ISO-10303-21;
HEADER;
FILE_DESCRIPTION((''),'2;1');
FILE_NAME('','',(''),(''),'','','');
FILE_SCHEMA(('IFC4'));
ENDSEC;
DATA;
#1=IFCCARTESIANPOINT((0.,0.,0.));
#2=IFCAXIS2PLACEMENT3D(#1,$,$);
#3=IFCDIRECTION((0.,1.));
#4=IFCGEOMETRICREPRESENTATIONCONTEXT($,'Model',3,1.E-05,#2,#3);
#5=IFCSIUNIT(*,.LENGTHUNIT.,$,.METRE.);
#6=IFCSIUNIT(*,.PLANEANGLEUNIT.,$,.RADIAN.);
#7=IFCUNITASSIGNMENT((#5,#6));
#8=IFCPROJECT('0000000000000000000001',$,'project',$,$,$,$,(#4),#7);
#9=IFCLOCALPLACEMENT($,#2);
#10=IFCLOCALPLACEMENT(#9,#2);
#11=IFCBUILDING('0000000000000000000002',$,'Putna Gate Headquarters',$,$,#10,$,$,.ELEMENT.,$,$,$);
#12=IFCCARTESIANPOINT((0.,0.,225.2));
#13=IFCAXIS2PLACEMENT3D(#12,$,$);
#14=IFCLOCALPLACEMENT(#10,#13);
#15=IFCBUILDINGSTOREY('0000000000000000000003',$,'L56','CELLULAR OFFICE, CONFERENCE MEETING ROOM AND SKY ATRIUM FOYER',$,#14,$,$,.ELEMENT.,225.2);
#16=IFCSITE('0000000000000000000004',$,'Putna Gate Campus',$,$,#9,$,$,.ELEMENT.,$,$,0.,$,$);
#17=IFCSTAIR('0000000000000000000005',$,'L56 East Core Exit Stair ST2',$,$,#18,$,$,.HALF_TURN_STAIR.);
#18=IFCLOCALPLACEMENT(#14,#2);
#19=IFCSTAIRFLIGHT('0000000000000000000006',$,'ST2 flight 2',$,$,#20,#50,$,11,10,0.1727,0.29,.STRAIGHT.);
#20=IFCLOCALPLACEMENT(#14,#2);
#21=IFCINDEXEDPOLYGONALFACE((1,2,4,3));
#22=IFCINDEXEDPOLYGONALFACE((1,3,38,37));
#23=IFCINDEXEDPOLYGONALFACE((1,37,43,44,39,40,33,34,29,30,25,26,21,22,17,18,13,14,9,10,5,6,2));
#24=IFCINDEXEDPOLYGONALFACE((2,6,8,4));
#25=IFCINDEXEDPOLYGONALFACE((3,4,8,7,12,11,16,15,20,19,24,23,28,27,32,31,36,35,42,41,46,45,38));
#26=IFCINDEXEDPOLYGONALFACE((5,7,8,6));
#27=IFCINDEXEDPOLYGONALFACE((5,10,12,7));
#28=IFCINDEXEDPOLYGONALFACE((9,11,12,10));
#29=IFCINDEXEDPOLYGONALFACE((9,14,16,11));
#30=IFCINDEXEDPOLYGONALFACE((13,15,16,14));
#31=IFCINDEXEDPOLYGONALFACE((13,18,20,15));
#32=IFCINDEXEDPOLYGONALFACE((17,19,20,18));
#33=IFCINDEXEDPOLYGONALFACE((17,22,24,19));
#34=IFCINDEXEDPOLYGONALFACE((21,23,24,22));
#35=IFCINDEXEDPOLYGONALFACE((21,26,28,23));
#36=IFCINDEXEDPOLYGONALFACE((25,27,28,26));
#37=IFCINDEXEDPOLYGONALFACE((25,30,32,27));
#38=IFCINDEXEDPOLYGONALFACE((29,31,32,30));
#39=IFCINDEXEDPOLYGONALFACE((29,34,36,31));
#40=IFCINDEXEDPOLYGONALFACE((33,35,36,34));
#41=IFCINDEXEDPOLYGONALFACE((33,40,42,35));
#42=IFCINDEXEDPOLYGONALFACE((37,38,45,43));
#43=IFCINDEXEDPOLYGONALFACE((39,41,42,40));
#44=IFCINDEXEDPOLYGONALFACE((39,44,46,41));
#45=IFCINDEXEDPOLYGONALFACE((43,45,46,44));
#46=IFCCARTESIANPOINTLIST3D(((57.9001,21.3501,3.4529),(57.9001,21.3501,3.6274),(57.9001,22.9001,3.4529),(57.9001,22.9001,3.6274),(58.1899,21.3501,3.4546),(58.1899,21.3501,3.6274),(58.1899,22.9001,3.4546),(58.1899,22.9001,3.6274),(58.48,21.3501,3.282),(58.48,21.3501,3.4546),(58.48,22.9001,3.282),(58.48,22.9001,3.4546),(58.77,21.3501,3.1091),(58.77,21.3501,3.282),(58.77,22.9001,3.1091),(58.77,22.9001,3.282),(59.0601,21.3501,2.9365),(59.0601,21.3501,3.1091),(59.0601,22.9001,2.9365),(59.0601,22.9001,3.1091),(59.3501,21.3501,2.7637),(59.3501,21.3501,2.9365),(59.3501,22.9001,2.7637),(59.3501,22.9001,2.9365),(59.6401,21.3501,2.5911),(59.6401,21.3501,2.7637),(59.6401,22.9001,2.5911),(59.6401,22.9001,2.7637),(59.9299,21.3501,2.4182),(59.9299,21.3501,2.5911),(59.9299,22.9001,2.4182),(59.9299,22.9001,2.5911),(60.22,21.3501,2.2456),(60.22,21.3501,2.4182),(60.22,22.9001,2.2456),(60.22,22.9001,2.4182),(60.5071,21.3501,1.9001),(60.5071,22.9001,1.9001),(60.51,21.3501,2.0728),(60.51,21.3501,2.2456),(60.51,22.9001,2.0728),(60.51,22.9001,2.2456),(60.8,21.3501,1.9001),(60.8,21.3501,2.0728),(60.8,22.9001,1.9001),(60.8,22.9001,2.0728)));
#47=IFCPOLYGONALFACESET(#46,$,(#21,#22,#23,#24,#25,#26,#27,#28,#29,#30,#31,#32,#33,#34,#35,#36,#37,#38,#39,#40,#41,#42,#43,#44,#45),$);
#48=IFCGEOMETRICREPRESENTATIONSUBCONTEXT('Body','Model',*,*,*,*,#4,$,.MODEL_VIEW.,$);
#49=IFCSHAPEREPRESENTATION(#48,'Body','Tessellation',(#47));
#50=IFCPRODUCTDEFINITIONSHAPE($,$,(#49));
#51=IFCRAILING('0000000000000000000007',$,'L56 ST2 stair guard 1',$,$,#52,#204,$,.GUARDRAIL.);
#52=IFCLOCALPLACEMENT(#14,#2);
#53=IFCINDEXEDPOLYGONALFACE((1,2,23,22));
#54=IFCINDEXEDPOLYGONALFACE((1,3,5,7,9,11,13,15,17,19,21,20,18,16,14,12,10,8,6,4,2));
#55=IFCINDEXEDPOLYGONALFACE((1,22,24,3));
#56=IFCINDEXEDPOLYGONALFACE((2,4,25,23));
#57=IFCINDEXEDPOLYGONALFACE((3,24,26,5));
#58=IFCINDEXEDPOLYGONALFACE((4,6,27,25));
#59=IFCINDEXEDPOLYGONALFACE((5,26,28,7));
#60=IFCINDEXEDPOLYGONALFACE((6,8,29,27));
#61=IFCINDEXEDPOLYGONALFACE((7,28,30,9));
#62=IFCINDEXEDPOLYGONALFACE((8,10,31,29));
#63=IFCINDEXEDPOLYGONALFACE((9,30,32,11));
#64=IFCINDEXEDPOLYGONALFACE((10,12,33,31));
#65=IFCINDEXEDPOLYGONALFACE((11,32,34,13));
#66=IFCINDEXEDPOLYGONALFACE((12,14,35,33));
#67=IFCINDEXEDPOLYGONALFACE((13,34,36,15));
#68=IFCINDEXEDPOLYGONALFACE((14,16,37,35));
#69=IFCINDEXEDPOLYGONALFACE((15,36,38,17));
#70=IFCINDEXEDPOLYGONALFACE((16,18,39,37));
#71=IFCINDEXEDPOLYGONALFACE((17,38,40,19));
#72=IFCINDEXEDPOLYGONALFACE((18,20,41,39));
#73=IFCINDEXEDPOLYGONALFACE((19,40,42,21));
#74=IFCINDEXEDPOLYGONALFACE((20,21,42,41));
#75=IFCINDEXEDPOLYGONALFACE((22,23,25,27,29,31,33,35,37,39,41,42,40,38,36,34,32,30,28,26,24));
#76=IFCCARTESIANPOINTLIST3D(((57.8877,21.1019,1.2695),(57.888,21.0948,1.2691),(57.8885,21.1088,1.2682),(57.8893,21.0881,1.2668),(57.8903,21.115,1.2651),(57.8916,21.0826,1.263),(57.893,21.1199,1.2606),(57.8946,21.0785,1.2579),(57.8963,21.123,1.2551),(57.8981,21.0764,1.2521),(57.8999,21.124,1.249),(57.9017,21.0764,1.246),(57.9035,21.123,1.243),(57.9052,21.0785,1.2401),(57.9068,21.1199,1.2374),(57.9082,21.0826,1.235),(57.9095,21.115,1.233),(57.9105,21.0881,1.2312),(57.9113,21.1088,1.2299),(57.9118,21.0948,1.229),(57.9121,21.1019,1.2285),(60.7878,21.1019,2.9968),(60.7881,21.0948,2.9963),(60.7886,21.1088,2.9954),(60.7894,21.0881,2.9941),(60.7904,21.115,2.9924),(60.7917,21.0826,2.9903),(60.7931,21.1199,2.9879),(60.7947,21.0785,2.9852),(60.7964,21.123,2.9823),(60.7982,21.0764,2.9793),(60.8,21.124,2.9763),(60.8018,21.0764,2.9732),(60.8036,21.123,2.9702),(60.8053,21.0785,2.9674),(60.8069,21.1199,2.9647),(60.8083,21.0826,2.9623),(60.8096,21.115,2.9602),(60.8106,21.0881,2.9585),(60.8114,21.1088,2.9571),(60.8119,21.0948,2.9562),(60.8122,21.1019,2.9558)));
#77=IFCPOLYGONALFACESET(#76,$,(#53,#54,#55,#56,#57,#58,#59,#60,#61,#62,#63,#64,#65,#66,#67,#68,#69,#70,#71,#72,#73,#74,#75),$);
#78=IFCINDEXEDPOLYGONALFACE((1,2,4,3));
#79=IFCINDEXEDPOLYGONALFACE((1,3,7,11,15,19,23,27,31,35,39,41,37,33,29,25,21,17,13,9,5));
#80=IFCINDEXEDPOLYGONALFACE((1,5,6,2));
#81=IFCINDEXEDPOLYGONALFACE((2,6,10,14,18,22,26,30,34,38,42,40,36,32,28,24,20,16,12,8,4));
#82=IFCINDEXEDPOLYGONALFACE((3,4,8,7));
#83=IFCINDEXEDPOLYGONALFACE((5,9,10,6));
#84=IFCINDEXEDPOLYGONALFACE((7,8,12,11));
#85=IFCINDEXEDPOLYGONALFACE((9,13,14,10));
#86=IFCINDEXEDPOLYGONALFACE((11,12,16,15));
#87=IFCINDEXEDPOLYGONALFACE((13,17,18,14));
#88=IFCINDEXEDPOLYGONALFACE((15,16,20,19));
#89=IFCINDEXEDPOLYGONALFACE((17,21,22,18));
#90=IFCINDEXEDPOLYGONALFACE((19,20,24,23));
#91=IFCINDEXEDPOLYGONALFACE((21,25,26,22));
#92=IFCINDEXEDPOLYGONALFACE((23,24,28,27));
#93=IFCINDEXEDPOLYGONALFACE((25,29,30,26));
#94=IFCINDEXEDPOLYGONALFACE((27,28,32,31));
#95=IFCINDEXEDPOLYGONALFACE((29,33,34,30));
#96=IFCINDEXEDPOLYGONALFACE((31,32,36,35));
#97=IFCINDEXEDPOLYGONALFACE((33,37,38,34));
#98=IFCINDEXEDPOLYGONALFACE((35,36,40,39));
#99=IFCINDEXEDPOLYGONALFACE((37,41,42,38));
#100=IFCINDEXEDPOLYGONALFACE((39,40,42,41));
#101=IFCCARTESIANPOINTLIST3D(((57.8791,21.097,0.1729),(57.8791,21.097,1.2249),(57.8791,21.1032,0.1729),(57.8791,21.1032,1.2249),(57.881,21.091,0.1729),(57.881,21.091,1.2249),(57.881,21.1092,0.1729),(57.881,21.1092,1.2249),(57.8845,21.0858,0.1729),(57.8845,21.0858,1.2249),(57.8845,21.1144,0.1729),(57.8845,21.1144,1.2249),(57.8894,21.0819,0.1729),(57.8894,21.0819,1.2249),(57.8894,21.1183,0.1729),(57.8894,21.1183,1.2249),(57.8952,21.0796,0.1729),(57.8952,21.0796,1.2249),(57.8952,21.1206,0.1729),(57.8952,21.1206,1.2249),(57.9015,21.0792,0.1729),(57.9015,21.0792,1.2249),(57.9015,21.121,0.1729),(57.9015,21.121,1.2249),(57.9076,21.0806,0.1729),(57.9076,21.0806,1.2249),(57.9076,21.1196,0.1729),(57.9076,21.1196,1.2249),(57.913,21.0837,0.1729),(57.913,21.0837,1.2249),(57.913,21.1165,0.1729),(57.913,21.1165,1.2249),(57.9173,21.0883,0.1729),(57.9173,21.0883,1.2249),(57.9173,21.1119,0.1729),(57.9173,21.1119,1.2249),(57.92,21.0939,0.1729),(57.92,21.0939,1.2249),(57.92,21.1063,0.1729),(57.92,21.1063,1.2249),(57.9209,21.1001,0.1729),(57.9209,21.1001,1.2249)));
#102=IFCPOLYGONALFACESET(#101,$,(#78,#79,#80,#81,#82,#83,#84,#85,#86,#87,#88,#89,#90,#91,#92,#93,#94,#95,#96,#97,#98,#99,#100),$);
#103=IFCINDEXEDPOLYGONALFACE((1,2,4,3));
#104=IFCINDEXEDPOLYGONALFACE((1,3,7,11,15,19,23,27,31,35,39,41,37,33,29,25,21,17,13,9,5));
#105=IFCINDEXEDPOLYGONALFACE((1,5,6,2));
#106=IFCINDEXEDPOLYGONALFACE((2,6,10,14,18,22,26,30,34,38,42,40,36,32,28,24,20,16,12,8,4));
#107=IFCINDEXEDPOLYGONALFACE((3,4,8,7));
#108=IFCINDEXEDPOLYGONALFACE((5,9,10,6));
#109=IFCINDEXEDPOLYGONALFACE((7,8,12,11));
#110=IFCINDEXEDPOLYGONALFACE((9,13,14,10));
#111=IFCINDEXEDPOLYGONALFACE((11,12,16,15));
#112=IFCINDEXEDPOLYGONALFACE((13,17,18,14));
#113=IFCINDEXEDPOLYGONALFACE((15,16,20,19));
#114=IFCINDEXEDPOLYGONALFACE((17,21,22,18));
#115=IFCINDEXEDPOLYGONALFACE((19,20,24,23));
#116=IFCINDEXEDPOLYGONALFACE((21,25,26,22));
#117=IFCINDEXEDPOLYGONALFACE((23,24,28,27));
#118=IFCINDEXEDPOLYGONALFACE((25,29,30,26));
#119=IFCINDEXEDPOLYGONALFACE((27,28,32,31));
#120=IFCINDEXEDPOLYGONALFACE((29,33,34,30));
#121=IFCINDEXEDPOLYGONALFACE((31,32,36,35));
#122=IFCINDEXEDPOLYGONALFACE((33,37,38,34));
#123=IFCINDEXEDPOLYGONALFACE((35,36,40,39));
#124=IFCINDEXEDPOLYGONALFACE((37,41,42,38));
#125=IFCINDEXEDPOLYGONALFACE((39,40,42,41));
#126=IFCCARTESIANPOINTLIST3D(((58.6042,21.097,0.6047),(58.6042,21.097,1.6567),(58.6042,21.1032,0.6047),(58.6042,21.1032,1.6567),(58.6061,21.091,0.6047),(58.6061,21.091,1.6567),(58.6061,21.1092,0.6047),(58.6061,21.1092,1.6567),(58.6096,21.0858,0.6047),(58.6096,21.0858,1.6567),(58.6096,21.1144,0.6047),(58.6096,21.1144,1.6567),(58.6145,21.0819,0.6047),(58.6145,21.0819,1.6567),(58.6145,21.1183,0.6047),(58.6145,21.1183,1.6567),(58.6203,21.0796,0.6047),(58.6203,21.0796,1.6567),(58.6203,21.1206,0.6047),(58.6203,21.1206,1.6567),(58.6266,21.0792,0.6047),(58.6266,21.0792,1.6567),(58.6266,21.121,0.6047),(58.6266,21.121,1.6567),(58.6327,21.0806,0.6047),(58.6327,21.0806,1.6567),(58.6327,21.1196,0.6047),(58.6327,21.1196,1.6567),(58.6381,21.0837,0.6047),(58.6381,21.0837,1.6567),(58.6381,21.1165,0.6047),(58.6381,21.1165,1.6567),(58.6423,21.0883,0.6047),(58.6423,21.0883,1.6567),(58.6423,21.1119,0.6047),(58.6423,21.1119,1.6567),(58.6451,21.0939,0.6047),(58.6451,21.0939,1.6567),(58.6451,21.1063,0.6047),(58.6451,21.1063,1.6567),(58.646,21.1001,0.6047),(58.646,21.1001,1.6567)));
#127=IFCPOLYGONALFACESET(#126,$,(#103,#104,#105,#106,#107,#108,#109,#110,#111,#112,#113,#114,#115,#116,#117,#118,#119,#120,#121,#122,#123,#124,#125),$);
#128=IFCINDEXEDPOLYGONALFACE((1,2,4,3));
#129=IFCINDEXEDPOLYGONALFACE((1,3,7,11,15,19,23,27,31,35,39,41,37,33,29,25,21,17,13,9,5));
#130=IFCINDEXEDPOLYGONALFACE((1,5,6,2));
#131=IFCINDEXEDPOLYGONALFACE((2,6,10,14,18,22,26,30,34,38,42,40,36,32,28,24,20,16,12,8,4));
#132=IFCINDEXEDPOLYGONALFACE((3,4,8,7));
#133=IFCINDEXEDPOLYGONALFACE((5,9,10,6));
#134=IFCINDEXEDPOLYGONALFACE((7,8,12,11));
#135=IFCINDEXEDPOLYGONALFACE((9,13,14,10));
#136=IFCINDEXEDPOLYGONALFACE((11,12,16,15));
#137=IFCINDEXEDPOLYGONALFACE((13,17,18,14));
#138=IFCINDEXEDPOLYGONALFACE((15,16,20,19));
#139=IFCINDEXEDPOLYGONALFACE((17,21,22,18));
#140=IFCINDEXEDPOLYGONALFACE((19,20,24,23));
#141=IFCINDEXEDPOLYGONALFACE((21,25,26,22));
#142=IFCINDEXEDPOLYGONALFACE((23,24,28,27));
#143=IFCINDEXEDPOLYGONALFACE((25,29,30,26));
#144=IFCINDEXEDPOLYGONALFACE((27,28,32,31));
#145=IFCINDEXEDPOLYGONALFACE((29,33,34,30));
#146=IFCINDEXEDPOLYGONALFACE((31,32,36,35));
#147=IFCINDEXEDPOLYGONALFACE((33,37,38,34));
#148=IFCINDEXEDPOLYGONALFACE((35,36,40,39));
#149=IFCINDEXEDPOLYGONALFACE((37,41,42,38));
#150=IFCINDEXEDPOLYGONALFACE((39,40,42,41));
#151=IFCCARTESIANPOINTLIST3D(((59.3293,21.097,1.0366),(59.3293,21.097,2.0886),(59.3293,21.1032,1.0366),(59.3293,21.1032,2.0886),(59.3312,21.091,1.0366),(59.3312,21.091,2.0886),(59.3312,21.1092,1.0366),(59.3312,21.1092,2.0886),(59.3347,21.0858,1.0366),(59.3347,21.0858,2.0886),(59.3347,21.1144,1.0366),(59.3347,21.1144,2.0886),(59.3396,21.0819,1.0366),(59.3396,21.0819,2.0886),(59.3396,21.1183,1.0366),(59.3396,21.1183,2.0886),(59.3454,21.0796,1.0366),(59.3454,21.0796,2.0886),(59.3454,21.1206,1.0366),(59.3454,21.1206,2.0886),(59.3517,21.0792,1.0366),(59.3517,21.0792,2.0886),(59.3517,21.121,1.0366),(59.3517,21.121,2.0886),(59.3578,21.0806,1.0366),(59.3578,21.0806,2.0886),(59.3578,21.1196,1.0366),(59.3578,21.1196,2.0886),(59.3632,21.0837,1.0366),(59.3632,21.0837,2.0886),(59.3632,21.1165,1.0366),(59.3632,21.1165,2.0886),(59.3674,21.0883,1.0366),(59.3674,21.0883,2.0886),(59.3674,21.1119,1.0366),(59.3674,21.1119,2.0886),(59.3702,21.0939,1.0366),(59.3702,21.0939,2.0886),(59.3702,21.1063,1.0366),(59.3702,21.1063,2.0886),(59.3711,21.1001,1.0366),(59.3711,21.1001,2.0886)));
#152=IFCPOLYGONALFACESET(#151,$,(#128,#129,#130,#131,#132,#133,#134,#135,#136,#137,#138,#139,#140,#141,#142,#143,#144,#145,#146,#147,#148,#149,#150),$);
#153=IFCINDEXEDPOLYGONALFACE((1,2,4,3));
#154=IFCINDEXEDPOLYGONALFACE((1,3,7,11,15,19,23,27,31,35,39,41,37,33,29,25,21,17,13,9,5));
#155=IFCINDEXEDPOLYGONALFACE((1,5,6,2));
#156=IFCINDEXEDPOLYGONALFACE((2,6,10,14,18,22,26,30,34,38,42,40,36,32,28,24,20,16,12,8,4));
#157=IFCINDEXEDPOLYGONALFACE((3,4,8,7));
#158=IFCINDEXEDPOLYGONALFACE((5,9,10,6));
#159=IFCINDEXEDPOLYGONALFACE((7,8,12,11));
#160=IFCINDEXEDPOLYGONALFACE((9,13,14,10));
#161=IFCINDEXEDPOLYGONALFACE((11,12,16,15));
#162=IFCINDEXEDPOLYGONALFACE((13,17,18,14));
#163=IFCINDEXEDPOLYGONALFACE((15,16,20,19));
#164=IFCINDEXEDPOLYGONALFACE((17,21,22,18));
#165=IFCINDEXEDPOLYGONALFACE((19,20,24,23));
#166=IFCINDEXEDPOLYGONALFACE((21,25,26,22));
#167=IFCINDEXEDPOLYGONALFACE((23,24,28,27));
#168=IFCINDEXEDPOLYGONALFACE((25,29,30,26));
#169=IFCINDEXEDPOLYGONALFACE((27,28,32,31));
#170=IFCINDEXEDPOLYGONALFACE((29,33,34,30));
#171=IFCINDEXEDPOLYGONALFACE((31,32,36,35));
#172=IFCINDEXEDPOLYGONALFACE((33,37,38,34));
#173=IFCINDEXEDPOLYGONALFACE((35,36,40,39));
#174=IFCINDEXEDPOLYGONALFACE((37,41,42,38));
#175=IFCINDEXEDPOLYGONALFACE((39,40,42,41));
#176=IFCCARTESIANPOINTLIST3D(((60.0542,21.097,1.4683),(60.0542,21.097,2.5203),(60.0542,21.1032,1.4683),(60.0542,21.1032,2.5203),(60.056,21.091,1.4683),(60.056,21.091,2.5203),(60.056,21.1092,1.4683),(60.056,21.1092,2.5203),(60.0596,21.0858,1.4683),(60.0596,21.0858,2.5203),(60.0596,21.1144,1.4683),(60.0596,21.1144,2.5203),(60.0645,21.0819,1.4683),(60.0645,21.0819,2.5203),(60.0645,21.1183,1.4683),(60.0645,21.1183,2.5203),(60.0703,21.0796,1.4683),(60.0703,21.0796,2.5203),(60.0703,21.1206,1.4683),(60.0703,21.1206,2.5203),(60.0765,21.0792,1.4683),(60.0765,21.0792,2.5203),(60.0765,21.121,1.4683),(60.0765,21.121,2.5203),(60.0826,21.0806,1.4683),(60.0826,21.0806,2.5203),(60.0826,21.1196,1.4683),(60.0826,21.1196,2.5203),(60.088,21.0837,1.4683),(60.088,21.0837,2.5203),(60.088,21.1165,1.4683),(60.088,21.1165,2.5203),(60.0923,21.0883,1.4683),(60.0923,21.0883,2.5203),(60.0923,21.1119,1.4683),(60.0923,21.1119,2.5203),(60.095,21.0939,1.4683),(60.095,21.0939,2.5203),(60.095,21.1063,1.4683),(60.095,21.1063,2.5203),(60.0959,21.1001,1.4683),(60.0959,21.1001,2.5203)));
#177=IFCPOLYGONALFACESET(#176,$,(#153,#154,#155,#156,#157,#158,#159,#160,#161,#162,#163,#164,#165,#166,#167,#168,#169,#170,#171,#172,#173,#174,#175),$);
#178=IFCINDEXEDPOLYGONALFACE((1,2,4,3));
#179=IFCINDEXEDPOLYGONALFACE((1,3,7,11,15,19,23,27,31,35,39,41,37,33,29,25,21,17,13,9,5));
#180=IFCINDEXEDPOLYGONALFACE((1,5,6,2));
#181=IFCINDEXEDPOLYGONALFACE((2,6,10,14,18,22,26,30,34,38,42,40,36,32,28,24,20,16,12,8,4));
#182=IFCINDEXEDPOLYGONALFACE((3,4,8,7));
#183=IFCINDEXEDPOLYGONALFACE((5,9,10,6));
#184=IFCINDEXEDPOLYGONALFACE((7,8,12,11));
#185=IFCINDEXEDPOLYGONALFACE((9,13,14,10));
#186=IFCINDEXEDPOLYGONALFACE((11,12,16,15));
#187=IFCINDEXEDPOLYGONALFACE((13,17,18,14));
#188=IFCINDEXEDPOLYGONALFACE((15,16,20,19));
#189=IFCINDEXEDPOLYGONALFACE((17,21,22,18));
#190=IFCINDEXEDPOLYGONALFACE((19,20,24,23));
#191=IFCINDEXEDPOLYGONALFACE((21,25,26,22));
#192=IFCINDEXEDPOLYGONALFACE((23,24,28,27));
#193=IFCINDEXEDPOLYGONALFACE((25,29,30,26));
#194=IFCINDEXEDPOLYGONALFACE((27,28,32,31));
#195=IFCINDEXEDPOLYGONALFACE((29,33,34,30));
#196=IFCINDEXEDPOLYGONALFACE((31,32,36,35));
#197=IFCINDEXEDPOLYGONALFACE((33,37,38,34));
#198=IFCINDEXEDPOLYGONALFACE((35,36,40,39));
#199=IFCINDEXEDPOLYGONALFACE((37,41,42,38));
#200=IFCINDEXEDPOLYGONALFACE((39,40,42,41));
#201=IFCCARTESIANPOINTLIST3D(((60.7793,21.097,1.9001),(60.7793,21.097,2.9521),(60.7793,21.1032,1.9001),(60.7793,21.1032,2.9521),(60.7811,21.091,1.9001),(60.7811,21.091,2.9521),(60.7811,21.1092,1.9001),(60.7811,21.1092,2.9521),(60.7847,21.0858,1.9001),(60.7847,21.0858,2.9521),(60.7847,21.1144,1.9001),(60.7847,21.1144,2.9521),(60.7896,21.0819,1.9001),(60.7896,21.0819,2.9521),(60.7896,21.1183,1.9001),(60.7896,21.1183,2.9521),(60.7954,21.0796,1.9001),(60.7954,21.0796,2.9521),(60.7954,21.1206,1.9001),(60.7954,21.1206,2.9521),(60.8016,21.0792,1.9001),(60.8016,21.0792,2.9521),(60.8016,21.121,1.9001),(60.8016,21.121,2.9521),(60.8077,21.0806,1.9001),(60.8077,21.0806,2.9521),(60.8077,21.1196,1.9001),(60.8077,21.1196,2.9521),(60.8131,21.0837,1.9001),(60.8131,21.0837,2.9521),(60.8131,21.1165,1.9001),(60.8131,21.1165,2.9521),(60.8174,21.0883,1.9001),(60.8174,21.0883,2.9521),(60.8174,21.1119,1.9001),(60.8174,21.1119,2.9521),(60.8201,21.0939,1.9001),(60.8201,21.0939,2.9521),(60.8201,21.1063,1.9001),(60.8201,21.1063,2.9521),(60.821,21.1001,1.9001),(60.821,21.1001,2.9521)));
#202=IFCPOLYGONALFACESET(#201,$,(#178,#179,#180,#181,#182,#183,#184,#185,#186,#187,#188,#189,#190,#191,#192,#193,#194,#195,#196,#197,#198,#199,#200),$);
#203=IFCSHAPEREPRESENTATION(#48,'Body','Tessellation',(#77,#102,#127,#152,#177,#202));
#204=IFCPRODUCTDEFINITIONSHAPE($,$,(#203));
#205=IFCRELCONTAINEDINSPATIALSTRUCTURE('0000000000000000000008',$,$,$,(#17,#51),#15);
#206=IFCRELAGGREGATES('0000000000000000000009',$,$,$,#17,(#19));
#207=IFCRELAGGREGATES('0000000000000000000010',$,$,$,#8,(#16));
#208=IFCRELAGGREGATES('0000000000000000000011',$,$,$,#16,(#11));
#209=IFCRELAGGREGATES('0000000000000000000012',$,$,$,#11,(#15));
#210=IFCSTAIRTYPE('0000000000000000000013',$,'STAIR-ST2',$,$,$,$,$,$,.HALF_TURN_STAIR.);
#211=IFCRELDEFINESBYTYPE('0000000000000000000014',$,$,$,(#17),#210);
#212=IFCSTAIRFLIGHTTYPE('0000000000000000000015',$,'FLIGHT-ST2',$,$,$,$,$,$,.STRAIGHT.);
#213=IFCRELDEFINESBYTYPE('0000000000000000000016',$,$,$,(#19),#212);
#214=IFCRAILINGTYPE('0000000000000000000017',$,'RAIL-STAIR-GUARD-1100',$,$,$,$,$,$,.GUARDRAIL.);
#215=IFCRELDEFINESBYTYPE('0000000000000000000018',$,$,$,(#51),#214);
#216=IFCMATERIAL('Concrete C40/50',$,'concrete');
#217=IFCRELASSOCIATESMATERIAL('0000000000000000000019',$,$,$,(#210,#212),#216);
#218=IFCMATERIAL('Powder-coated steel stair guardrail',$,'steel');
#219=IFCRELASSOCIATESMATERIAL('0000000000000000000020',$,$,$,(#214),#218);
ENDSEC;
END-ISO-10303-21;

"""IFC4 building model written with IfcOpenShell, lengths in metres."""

from ifc_helpers import new_model, si_unit, direction, frame, origin, origin_2d, place, context, subcontext, project, spatial, polyline, circle, outline, extrude, material, type_object, element, aggregate, save


model = new_model("IFC4")

# Units and contexts
model_context = context("Model", 3, precision=1e-05, world=origin(), true_north=direction((0.0, 1.0)))
body_context = subcontext(model_context, "Body", "Model", "MODEL_VIEW")
ifc_project = project(units=[si_unit("LENGTHUNIT", "METRE"), si_unit("PLANEANGLEUNIT", "RADIAN")], contexts=[model_context])

# Site, building, storey
site_placement = place(None, origin())
site = spatial("IfcSite", under=ifc_project, at=site_placement, Name="Putna Gate Campus", CompositionType="ELEMENT", RefElevation=0.0)
building_placement = place(site_placement, origin())
building = spatial("IfcBuilding", under=site, at=building_placement, Name="Putna Gate Headquarters", CompositionType="ELEMENT")
storey_placement = place(building_placement, frame((0.0, 0.0, 225.2)))
storey = spatial("IfcBuildingStorey", under=building, at=storey_placement, Name="L56", Description="CELLULAR OFFICE, CONFERENCE MEETING ROOM AND SKY ATRIUM FOYER", CompositionType="ELEMENT", Elevation=225.2)

# Shared definitions
ifc_material_1 = material(Name="Concrete C40/50", Category="concrete")

# Stair, stair flight
stair_type = type_object("IfcStairType", Name="STAIR-ST2", PredefinedType="HALF_TURN_STAIR", material=ifc_material_1)
stair_placement = place(storey_placement, origin())
stair = element("IfcStair", 1, at=stair_placement, inside=storey, type_object=stair_type, Name="L56 East Core Exit Stair ST2", PredefinedType="HALF_TURN_STAIR")
stair_flight_type = type_object("IfcStairFlightType", Name="FLIGHT-ST2", PredefinedType="STRAIGHT", material=ifc_material_1)
stair_flight_1_placement = place(storey_placement, frame((60.8, 22.125, 1.9001), z_axis=(0.0, 0.0, 1.0), x_axis=(-1.0, 0.0, 0.0)))
stair_flight_1 = element("IfcStairFlight", 2, at=stair_flight_1_placement, type_object=stair_flight_type, Name="ST2 flight 2", NumberOfRisers=11, NumberOfTreads=10, PredefinedType="STRAIGHT", RiserHeight=0.1727, TreadLength=0.29, context=body_context, shape_type="SweptSolid", body=[
    extrude(outline(polyline([(0.0, 0.0), (0.0, 0.1726), (0.29, 0.1726), (0.29, 0.3455), (0.5801, 0.3455), (0.5801, 0.5181), (0.8701, 0.5181), (0.8701, 0.6909), (1.1599, 0.6909), (1.1599, 0.8635), (1.45, 0.8635), (1.45, 1.0364), (1.74, 1.0364), (1.74, 1.209), (2.03, 1.209), (2.03, 1.3818), (2.3201, 1.3818), (2.3201, 1.5544), (2.6101, 1.5544), (2.6101, 1.7273), (2.8999, 1.7273), (2.8999, 1.8999), (2.8999, 1.5527), (0.293, 0.0), (0.0, 0.0)])), frame((0.0, 0.7749, 0.0), z_axis=(0.0, -1.0, 0.0), x_axis=(1.0, 0.0, 0.0)), (0.0, 0.0, 1.0), 1.55),
])
aggregate(stair, [stair_flight_1])

# Railing
ifc_material_2 = material(Name="Powder-coated steel stair guardrail", Category="steel")
railing_type_1 = type_object("IfcRailingType", Name="RAIL-STAIR-GUARD-1100", PredefinedType="GUARDRAIL", material=ifc_material_2)
railing_1_placement = place(storey_placement, frame((57.8999, 21.1001, 0.1729)))
element("IfcRailing", 3, at=railing_1_placement, inside=storey, type_object=railing_type_1, Name="L56 ST2 stair guard 1", PredefinedType="GUARDRAIL", context=body_context, shape_type="SweptSolid", body=[
    extrude(circle(Radius=0.0239, at=origin_2d()), frame((0.0, 0.0, 1.0762), z_axis=(0.85916, 0.0, 0.511706), x_axis=(0.0, 1.0, 0.0)), (0.0, 0.0, 1.0), 3.3755),
    extrude(circle(Radius=0.021, at=origin_2d()), origin(), (0.0, 0.0, 1.0), 1.052),
    extrude(circle(Radius=0.021, at=origin_2d()), frame((0.7251, 0.0, 0.4319)), (0.0, 0.0, 1.0), 1.052),
    extrude(circle(Radius=0.021, at=origin_2d()), frame((1.4502, 0.0, 0.8638)), (0.0, 0.0, 1.0), 1.052),
    extrude(circle(Radius=0.021, at=origin_2d()), frame((2.175, 0.0, 1.2954)), (0.0, 0.0, 1.0), 1.052),
    extrude(circle(Radius=0.021, at=origin_2d()), frame((2.9001, 0.0, 1.7273)), (0.0, 0.0, 1.0), 1.052),
])

save(model, "model.ifc")
